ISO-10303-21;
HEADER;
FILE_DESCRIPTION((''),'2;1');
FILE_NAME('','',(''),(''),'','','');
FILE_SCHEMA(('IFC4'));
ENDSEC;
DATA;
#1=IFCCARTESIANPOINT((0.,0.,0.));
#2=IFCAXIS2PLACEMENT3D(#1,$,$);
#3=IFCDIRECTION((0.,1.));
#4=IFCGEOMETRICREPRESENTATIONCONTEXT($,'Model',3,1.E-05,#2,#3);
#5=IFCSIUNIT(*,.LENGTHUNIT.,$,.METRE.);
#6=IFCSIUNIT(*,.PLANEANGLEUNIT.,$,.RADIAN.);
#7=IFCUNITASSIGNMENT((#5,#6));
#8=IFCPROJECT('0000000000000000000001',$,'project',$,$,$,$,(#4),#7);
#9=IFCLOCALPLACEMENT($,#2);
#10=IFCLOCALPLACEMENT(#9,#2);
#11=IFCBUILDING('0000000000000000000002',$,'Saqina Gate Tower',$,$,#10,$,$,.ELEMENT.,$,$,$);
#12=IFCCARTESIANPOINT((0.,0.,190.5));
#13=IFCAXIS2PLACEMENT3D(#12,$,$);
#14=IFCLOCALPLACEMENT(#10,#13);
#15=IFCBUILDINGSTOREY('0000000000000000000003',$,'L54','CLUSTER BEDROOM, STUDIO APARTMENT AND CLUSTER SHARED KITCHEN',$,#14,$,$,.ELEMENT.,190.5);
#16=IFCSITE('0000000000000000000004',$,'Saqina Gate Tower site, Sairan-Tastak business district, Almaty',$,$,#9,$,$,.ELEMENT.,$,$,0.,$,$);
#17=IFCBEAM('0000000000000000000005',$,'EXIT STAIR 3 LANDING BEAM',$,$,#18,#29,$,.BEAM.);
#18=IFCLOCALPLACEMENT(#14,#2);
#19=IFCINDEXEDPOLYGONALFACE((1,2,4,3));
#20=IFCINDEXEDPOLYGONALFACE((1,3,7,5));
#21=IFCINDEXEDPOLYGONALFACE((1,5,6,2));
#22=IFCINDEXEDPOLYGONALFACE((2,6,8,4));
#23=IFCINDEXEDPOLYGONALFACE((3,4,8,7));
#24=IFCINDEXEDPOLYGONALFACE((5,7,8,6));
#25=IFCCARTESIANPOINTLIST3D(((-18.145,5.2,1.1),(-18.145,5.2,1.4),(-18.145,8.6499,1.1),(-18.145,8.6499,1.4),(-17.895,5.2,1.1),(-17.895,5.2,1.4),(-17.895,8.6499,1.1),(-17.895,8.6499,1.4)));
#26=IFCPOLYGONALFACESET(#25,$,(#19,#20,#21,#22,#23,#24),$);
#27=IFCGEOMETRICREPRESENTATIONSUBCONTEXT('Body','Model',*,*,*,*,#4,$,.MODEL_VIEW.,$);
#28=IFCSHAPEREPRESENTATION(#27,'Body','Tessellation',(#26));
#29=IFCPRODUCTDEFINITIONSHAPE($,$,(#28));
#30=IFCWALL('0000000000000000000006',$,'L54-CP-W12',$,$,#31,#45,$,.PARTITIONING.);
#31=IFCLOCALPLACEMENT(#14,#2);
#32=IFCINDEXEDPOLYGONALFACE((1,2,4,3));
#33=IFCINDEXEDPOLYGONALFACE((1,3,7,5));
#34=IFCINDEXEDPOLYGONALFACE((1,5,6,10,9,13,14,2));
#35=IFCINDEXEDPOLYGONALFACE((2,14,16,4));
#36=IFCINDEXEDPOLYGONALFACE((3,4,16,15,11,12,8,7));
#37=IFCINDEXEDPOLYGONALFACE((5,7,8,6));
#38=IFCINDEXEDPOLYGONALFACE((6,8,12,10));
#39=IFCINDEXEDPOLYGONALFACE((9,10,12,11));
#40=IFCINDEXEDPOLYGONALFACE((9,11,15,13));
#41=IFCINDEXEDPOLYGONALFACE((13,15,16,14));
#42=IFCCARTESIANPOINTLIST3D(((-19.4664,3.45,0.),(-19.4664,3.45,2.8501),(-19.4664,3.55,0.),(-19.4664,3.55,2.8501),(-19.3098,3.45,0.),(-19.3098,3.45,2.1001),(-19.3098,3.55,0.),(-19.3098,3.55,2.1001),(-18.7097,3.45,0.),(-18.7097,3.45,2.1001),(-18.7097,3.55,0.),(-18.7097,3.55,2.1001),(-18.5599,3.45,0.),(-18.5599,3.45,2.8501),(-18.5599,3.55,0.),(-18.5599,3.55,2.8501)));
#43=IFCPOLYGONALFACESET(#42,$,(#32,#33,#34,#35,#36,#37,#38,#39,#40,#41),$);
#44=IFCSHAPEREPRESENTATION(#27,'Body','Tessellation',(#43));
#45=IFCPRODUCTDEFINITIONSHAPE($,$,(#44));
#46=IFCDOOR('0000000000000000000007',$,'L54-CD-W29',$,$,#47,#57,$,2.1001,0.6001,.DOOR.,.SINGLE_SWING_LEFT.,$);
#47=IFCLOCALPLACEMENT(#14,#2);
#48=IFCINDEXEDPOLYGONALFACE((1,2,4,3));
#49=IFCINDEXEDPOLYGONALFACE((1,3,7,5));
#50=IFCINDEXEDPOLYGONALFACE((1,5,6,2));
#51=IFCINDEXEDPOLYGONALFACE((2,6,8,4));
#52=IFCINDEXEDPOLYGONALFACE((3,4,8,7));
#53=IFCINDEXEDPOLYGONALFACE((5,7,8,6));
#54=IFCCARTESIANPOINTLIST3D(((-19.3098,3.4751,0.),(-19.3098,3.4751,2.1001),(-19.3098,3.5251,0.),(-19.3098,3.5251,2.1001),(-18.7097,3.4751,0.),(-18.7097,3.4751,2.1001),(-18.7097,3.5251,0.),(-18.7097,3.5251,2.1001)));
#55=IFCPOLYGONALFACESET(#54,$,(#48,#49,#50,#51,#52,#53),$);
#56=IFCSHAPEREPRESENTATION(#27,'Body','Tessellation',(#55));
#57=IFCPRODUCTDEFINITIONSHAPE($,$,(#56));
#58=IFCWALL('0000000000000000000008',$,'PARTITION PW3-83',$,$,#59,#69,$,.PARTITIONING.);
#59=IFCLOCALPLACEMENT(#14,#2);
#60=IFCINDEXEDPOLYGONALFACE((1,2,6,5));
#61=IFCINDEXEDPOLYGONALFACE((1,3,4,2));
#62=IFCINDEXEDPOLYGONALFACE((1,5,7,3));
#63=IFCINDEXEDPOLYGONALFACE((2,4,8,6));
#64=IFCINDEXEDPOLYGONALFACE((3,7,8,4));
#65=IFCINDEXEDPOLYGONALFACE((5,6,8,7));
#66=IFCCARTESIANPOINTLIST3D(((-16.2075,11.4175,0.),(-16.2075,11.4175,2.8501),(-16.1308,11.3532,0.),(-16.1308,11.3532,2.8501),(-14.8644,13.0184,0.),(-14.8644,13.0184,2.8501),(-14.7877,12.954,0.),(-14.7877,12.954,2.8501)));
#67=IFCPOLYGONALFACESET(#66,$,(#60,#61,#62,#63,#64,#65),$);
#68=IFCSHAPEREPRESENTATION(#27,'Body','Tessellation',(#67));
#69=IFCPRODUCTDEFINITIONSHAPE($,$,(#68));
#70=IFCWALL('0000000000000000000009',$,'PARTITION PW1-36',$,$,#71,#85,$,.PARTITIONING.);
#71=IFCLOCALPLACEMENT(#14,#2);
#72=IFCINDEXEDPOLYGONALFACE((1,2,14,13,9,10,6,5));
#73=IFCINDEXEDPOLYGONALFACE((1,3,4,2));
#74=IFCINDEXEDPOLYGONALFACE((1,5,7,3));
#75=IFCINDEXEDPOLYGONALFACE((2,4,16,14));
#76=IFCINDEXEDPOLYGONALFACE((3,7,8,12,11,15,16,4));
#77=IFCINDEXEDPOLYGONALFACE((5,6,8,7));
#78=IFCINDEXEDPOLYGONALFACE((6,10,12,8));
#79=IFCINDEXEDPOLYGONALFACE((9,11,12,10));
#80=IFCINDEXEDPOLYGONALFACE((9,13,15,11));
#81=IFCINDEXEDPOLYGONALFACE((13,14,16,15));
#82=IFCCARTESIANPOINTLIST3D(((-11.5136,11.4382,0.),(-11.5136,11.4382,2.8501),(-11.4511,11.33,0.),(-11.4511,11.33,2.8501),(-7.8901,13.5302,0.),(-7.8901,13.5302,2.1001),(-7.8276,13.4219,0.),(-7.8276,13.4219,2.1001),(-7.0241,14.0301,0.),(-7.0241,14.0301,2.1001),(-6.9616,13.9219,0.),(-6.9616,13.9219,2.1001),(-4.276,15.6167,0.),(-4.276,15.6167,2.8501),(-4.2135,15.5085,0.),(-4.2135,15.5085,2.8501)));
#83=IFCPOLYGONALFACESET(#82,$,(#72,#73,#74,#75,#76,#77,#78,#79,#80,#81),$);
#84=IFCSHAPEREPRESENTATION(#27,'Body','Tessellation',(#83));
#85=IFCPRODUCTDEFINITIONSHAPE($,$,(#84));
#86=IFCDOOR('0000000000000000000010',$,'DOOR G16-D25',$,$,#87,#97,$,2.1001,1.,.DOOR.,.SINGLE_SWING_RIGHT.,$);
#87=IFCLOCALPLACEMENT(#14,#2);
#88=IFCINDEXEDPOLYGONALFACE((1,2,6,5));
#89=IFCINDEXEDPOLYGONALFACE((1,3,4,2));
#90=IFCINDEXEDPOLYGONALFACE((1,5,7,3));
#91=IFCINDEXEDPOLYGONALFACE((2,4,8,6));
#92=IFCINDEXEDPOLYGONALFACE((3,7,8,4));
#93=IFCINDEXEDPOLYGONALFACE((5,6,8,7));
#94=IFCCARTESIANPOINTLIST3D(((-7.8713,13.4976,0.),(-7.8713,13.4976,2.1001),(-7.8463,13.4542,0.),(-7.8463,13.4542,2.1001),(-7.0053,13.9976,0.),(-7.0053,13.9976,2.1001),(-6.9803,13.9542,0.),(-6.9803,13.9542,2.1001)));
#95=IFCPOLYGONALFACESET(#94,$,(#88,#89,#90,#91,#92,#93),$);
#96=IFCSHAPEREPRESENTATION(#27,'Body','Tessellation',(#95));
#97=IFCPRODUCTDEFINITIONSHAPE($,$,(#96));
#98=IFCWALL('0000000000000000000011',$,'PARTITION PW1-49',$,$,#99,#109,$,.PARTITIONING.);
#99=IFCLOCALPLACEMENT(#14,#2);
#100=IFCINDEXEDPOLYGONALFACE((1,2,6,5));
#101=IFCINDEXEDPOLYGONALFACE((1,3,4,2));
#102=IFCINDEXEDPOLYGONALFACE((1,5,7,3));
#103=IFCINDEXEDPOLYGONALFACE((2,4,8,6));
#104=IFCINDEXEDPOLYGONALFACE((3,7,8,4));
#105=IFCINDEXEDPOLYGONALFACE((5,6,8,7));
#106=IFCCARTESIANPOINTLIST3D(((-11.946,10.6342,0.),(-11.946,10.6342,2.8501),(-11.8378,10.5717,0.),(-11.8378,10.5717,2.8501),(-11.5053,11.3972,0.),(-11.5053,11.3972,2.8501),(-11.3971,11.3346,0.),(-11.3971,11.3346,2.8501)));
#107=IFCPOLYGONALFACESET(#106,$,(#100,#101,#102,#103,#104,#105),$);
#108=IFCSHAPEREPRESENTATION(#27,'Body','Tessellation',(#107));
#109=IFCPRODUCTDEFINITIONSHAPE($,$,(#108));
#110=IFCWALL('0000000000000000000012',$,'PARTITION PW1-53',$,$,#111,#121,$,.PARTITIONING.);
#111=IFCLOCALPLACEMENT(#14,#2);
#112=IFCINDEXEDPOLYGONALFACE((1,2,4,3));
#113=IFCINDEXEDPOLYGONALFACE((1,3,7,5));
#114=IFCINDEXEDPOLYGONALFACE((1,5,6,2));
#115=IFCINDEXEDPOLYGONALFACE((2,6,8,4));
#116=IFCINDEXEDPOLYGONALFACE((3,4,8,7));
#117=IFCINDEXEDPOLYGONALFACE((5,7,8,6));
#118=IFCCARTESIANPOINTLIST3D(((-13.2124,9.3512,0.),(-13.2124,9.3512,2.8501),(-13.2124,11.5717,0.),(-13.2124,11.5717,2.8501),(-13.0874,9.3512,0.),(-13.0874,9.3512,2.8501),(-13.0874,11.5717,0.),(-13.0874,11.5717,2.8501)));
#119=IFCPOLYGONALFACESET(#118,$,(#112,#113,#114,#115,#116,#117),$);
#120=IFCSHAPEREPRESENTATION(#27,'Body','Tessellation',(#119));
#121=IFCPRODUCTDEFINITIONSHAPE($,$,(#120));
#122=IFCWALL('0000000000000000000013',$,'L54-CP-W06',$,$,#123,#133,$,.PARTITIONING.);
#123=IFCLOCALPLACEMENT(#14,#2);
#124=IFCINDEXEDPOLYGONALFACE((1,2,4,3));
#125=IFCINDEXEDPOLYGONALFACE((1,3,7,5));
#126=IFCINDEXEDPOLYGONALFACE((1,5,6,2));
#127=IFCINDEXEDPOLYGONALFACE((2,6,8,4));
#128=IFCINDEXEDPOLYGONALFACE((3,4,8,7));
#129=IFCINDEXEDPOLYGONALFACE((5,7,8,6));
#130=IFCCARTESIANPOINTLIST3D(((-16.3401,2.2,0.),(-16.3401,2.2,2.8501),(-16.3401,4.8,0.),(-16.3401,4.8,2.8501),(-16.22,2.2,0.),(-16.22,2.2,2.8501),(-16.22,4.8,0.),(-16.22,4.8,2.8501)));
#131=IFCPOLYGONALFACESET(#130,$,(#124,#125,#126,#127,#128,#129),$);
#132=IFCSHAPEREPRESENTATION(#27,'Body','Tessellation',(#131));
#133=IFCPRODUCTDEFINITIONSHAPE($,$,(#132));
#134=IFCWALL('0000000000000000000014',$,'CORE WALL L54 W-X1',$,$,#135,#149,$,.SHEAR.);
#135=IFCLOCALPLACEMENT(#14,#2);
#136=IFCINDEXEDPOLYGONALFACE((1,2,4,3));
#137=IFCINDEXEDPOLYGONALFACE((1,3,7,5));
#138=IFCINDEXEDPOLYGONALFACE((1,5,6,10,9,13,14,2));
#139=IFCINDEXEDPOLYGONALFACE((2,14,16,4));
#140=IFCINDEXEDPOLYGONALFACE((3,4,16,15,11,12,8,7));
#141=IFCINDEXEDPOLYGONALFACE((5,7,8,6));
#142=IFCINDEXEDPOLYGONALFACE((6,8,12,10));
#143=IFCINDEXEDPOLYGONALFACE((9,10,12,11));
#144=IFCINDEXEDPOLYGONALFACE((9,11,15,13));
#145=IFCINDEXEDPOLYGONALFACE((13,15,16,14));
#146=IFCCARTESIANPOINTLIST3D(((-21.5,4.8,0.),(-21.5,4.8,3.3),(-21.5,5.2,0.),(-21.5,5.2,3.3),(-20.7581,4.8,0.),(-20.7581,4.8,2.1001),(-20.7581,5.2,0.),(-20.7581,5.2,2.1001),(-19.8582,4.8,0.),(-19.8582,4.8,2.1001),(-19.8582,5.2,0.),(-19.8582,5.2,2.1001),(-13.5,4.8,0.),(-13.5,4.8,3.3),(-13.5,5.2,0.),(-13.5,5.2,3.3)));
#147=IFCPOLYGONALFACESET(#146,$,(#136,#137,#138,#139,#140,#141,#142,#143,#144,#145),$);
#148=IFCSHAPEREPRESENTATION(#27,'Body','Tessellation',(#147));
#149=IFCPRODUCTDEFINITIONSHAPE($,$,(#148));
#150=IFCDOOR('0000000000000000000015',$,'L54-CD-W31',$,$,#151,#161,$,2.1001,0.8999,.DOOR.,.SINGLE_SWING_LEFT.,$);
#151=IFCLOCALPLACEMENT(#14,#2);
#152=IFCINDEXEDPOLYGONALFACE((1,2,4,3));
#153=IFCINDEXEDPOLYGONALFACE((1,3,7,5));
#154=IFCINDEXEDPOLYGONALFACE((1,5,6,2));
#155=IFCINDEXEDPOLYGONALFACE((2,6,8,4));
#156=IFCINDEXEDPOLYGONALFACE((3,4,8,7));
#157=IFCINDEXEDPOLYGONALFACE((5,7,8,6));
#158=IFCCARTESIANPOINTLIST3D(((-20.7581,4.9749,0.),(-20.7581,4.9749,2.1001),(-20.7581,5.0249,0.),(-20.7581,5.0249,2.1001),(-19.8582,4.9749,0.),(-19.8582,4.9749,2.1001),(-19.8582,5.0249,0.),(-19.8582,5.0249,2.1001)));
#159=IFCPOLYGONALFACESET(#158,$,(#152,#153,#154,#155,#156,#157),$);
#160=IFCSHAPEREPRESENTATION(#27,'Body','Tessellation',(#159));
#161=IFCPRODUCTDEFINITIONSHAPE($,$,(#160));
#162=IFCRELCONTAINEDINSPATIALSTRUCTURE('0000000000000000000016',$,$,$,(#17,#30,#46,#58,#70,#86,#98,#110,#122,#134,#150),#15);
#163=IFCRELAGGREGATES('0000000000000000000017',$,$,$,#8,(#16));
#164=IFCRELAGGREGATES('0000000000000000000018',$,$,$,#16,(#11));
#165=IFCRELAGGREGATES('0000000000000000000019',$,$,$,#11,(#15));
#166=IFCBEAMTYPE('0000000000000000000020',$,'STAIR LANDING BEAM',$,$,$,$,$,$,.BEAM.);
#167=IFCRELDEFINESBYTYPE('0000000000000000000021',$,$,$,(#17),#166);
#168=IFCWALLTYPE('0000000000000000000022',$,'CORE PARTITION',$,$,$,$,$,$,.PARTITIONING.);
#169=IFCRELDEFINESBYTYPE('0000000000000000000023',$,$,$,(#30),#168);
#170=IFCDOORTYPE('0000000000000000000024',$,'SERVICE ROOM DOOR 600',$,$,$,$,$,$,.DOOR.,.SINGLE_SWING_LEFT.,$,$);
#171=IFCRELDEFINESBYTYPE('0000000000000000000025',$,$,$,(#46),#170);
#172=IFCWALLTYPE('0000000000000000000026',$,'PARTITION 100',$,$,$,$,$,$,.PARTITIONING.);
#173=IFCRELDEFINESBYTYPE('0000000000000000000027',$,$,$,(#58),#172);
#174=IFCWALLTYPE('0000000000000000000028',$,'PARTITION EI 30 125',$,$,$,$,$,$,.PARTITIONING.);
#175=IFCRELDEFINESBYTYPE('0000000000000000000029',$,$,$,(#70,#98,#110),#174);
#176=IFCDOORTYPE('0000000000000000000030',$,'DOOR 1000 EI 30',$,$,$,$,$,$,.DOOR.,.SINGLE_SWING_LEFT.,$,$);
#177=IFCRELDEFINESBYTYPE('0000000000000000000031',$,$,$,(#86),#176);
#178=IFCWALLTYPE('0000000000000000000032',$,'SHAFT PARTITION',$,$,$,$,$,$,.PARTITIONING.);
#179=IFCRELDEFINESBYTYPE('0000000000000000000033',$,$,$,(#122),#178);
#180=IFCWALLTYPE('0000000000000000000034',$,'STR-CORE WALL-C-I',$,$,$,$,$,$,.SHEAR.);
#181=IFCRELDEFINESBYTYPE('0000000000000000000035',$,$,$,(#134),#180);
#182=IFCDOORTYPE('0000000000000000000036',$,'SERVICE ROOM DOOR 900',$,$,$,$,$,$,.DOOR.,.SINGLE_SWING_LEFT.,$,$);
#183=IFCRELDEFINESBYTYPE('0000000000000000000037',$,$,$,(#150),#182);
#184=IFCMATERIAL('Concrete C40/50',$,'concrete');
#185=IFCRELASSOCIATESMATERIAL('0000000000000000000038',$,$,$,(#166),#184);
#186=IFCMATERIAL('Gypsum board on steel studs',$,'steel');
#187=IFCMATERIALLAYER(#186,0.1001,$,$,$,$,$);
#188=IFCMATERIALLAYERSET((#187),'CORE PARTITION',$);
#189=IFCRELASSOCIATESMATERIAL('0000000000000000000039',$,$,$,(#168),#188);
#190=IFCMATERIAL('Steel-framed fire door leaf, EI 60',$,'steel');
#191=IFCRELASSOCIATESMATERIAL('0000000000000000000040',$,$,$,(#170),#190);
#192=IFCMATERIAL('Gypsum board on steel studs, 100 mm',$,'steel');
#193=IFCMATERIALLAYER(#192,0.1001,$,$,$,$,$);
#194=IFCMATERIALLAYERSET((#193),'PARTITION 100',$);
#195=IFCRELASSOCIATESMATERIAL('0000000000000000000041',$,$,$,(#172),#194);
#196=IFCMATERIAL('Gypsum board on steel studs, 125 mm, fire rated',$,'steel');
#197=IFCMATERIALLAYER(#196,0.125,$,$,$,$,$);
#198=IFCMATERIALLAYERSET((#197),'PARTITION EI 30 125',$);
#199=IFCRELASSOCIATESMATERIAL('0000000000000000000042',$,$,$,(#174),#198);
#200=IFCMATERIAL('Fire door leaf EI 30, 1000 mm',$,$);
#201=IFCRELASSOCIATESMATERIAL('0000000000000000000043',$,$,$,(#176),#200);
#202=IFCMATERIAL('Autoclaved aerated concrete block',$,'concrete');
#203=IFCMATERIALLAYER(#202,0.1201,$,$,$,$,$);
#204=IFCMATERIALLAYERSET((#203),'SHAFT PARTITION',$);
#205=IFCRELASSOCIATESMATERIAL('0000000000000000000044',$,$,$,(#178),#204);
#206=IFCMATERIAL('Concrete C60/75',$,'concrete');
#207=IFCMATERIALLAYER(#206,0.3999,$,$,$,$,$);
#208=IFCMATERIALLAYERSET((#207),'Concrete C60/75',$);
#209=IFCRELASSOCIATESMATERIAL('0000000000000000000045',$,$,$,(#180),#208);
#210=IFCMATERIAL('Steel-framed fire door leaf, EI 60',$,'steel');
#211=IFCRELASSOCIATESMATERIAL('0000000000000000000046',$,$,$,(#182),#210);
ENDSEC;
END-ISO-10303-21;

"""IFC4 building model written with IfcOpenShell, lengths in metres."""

from ifc_helpers import new_model, si_unit, direction, frame, frame_2d, origin, origin_2d, place, context, subcontext, project, spatial, rectangle, extrude, material, layer, layer_set, material_profile, profile_set, type_object, element, fill, save


model = new_model("IFC4")

# Units and contexts
model_context = context("Model", 3, precision=1e-05, world=origin(), true_north=direction((0.0, 1.0)))
body_context = subcontext(model_context, "Body", "Model", "MODEL_VIEW")
ifc_project = project(units=[si_unit("LENGTHUNIT", "METRE"), si_unit("PLANEANGLEUNIT", "RADIAN")], contexts=[model_context])

# Site, building, storey
site_placement = place(None, origin())
site = spatial("IfcSite", under=ifc_project, at=site_placement, Name="Saqina Gate Tower site, Sairan-Tastak business district, Almaty", CompositionType="ELEMENT", RefElevation=0.0)
building_placement = place(site_placement, origin())
building = spatial("IfcBuilding", under=site, at=building_placement, Name="Saqina Gate Tower", CompositionType="ELEMENT")
storey_placement = place(building_placement, frame((0.0, 0.0, 190.5)))
storey = spatial("IfcBuildingStorey", under=building, at=storey_placement, Name="L54", Description="CLUSTER BEDROOM, STUDIO APARTMENT AND CLUSTER SHARED KITCHEN", CompositionType="ELEMENT", Elevation=190.5)

# Beam
ifc_material_1 = material(Name="Concrete C40/50", Category="concrete")
ifc_material_profile = material_profile(ifc_material_1, rectangle(XDim=0.25, YDim=0.3, at=origin_2d()), Name="STAIR LANDING BEAM")
ifc_profile_set = profile_set([ifc_material_profile], Name="Concrete C40/50")
beam_type = type_object("IfcBeamType", Name="STAIR LANDING BEAM", PredefinedType="BEAM", material=ifc_profile_set)
beam_placement = place(storey_placement, frame((-18.02, 5.2, 1.25), z_axis=(0.0, 1.0, 0.0), x_axis=(-1.0, 0.0, 0.0)))
element("IfcBeam", 1, at=beam_placement, inside=storey, type_object=beam_type, Name="EXIT STAIR 3 LANDING BEAM", PredefinedType="BEAM", context=body_context, shape_type="SweptSolid", body=[
    extrude(rectangle(XDim=0.25, YDim=0.3, at=origin_2d()), origin(), (0.0, 0.0, 1.0), 3.45),
])

# Wall, opening, door
ifc_material_2 = material(Name="Gypsum board on steel studs", Category="steel")
ifc_layer_1 = layer(ifc_material_2, 0.1001)
ifc_layer_set_1 = layer_set([ifc_layer_1], Name="CORE PARTITION")
wall_type_1 = type_object("IfcWallType", Name="CORE PARTITION", PredefinedType="PARTITIONING", material=ifc_layer_set_1)
wall_1_placement = place(storey_placement, frame((-18.5601, 3.5, 0.0), z_axis=(0.0, 0.0, 1.0), x_axis=(-1.0, 0.0, 0.0)))
wall_1 = element("IfcWall", 2, at=wall_1_placement, inside=storey, type_object=wall_type_1, Name="L54-CP-W12", PredefinedType="PARTITIONING", context=body_context, shape_type="SweptSolid", body=[
    extrude(rectangle(XDim=0.9065, YDim=0.1001, at=frame_2d((0.4531, 0.0))), origin(), (0.0, 0.0, 1.0), 2.8501),
])
opening_1_placement = place(wall_1_placement, frame((0.1497, 0.0, 0.0)))
opening_1 = element("IfcOpeningElement", 3, at=opening_1_placement, cuts=wall_1, PredefinedType="OPENING", context=body_context, shape_type="SweptSolid", body=[
    extrude(rectangle(XDim=0.6001, YDim=2.1001, at=frame_2d((0.3, 1.05))), frame((0.0, 0.062, 0.0), z_axis=(0.0, -1.0, 0.0), x_axis=(1.0, 0.0, 0.0)), (0.0, 0.0, 1.0), 0.124),
])
ifc_material_3 = material(Name="Steel-framed fire door leaf, EI 60", Category="steel")
door_type_1 = type_object("IfcDoorType", Name="SERVICE ROOM DOOR 600", OperationType="SINGLE_SWING_LEFT", PredefinedType="DOOR", material=ifc_material_3)
door_1_placement = place(opening_1_placement, origin())
door_1 = element("IfcDoor", 4, at=door_1_placement, inside=storey, type_object=door_type_1, Name="L54-CD-W29", OperationType="SINGLE_SWING_LEFT", OverallHeight=2.1001, OverallWidth=0.6001, PredefinedType="DOOR", context=body_context, shape_type="SweptSolid", body=[
    extrude(rectangle(XDim=0.6001, YDim=2.1001, at=frame_2d((0.3, 1.05))), frame((0.0, 0.0249, 0.0), z_axis=(0.0, -1.0, 0.0), x_axis=(1.0, 0.0, 0.0)), (0.0, 0.0, 1.0), 0.05),
])
fill(opening_1, door_1)

# Wall
ifc_material_4 = material(Name="Gypsum board on steel studs, 100 mm", Category="steel")
ifc_layer_2 = layer(ifc_material_4, 0.1001)
ifc_layer_set_2 = layer_set([ifc_layer_2], Name="PARTITION 100")
wall_type_2 = type_object("IfcWallType", Name="PARTITION 100", PredefinedType="PARTITIONING", material=ifc_layer_set_2)
wall_2_placement = place(storey_placement, frame((-16.1692, 11.3853, 0.0), z_axis=(0.0, 0.0, 1.0), x_axis=(0.642721, 0.766101, 0.0)))
element("IfcWall", 5, at=wall_2_placement, inside=storey, type_object=wall_type_2, Name="PARTITION PW3-83", PredefinedType="PARTITIONING", context=body_context, shape_type="SweptSolid", body=[
    extrude(rectangle(XDim=2.0896, YDim=0.1001, at=frame_2d((1.0449, 0.0))), origin(), (0.0, 0.0, 1.0), 2.8501),
])

# Wall, opening, door
ifc_material_5 = material(Name="Gypsum board on steel studs, 125 mm, fire rated", Category="steel")
ifc_layer_3 = layer(ifc_material_5, 0.125)
ifc_layer_set_3 = layer_set([ifc_layer_3], Name="PARTITION EI 30 125")
wall_type_3 = type_object("IfcWallType", Name="PARTITION EI 30 125", PredefinedType="PARTITIONING", material=ifc_layer_set_3)
wall_3_placement = place(storey_placement, frame((-11.4824, 11.384, 0.0), z_axis=(0.0, 0.0, 1.0), x_axis=(0.866032, 0.499988, 0.0)))
wall_3 = element("IfcWall", 6, at=wall_3_placement, inside=storey, type_object=wall_type_3, Name="PARTITION PW1-36", PredefinedType="PARTITIONING", context=body_context, shape_type="SweptSolid", body=[
    extrude(rectangle(XDim=8.3572, YDim=0.125, at=frame_2d((4.1787, 0.0))), origin(), (0.0, 0.0, 1.0), 2.8501),
])
opening_2_placement = place(wall_3_placement, frame((4.1841, 0.0, 0.0)))
opening_2 = element("IfcOpeningElement", 7, at=opening_2_placement, cuts=wall_3, PredefinedType="OPENING", context=body_context, shape_type="SweptSolid", body=[
    extrude(rectangle(XDim=1.0, YDim=2.1001, at=frame_2d((0.5, 1.05))), frame((0.0, 0.0745, 0.0), z_axis=(0.0, -1.0, 0.0), x_axis=(1.0, 0.0, 0.0)), (0.0, 0.0, 1.0), 0.1489),
])
ifc_material_6 = material(Name="Fire door leaf EI 30, 1000 mm")
door_type_2 = type_object("IfcDoorType", Name="DOOR 1000 EI 30", OperationType="SINGLE_SWING_LEFT", PredefinedType="DOOR", material=ifc_material_6)
door_2_placement = place(opening_2_placement, origin())
door_2 = element("IfcDoor", 8, at=door_2_placement, inside=storey, type_object=door_type_2, Name="DOOR G16-D25", OperationType="SINGLE_SWING_RIGHT", OverallHeight=2.1001, OverallWidth=1.0, PredefinedType="DOOR", context=body_context, shape_type="SweptSolid", body=[
    extrude(rectangle(XDim=1.0, YDim=2.1001, at=frame_2d((0.5, 1.05))), frame((0.0, 0.0249, 0.0), z_axis=(0.0, -1.0, 0.0), x_axis=(1.0, 0.0, 0.0)), (0.0, 0.0, 1.0), 0.05),
])
fill(opening_2, door_2)

# Walls
wall_4_placement = place(storey_placement, frame((-11.8918, 10.603, 0.0), z_axis=(0.0, 0.0, 1.0), x_axis=(0.500162, 0.865932, 0.0)))
element("IfcWall", 9, at=wall_4_placement, inside=storey, type_object=wall_type_3, Name="PARTITION PW1-49", PredefinedType="PARTITIONING", context=body_context, shape_type="SweptSolid", body=[
    extrude(rectangle(XDim=0.8811, YDim=0.125, at=frame_2d((0.4404, 0.0))), origin(), (0.0, 0.0, 1.0), 2.8501),
])
wall_5_placement = place(storey_placement, frame((-13.1499, 9.3511, 0.0), z_axis=(0.0, 0.0, 1.0), x_axis=(0.0, 1.0, 0.0)))
element("IfcWall", 10, at=wall_5_placement, inside=storey, type_object=wall_type_3, Name="PARTITION PW1-53", PredefinedType="PARTITIONING", context=body_context, shape_type="SweptSolid", body=[
    extrude(rectangle(XDim=2.2205, YDim=0.125, at=frame_2d((1.1104, 0.0))), origin(), (0.0, 0.0, 1.0), 2.8501),
])
ifc_material_7 = material(Name="Autoclaved aerated concrete block", Category="concrete")
ifc_layer_4 = layer(ifc_material_7, 0.1201)
ifc_layer_set_4 = layer_set([ifc_layer_4], Name="SHAFT PARTITION")
wall_type_4 = type_object("IfcWallType", Name="SHAFT PARTITION", PredefinedType="PARTITIONING", material=ifc_layer_set_4)
wall_6_placement = place(storey_placement, frame((-16.28, 2.2, 0.0), z_axis=(0.0, 0.0, 1.0), x_axis=(0.0, 1.0, 0.0)))
element("IfcWall", 11, at=wall_6_placement, inside=storey, type_object=wall_type_4, Name="L54-CP-W06", PredefinedType="PARTITIONING", context=body_context, shape_type="SweptSolid", body=[
    extrude(rectangle(XDim=2.6001, YDim=0.1201, at=frame_2d((1.3, 0.0))), origin(), (0.0, 0.0, 1.0), 2.8501),
])

# Wall, opening, door
ifc_material_8 = material(Name="Concrete C60/75", Category="concrete")
ifc_layer_5 = layer(ifc_material_8, 0.3999)
ifc_layer_set_5 = layer_set([ifc_layer_5], Name="Concrete C60/75")
wall_type_5 = type_object("IfcWallType", Name="STR-CORE WALL-C-I", PredefinedType="SHEAR", material=ifc_layer_set_5)
wall_7_placement = place(storey_placement, frame((-13.5, 5.0, 0.0), z_axis=(0.0, 0.0, 1.0), x_axis=(-1.0, 0.0, 0.0)))
wall_7 = element("IfcWall", 12, at=wall_7_placement, inside=storey, type_object=wall_type_5, Name="CORE WALL L54 W-X1", PredefinedType="SHEAR", context=body_context, shape_type="SweptSolid", body=[
    extrude(rectangle(XDim=8.0, YDim=0.3999, at=frame_2d((4.0, 0.0))), origin(), (0.0, 0.0, 1.0), 3.3),
])
opening_3_placement = place(wall_7_placement, frame((6.3582, 0.0, 0.0)))
opening_3 = element("IfcOpeningElement", 13, at=opening_3_placement, cuts=wall_7, PredefinedType="OPENING", context=body_context, shape_type="SweptSolid", body=[
    extrude(rectangle(XDim=0.8999, YDim=2.1001, at=frame_2d((0.45, 1.05))), frame((0.0, 0.2119, 0.0), z_axis=(0.0, -1.0, 0.0), x_axis=(1.0, 0.0, 0.0)), (0.0, 0.0, 1.0), 0.4238),
])
ifc_material_9 = material(Name="Steel-framed fire door leaf, EI 60", Category="steel")
door_type_3 = type_object("IfcDoorType", Name="SERVICE ROOM DOOR 900", OperationType="SINGLE_SWING_LEFT", PredefinedType="DOOR", material=ifc_material_9)
door_3_placement = place(opening_3_placement, frame((0.8999, 0.0, 0.0), z_axis=(0.0, 0.0, 1.0), x_axis=(-1.0, 0.0, 0.0)))
door_3 = element("IfcDoor", 14, at=door_3_placement, inside=storey, type_object=door_type_3, Name="L54-CD-W31", OperationType="SINGLE_SWING_LEFT", OverallHeight=2.1001, OverallWidth=0.8999, PredefinedType="DOOR", context=body_context, shape_type="SweptSolid", body=[
    extrude(rectangle(XDim=0.8999, YDim=2.1001, at=frame_2d((0.45, 1.05))), frame((0.0, 0.0249, 0.0), z_axis=(0.0, -1.0, 0.0), x_axis=(1.0, 0.0, 0.0)), (0.0, 0.0, 1.0), 0.05),
])
fill(opening_3, door_3)

save(model, "model.ifc")
